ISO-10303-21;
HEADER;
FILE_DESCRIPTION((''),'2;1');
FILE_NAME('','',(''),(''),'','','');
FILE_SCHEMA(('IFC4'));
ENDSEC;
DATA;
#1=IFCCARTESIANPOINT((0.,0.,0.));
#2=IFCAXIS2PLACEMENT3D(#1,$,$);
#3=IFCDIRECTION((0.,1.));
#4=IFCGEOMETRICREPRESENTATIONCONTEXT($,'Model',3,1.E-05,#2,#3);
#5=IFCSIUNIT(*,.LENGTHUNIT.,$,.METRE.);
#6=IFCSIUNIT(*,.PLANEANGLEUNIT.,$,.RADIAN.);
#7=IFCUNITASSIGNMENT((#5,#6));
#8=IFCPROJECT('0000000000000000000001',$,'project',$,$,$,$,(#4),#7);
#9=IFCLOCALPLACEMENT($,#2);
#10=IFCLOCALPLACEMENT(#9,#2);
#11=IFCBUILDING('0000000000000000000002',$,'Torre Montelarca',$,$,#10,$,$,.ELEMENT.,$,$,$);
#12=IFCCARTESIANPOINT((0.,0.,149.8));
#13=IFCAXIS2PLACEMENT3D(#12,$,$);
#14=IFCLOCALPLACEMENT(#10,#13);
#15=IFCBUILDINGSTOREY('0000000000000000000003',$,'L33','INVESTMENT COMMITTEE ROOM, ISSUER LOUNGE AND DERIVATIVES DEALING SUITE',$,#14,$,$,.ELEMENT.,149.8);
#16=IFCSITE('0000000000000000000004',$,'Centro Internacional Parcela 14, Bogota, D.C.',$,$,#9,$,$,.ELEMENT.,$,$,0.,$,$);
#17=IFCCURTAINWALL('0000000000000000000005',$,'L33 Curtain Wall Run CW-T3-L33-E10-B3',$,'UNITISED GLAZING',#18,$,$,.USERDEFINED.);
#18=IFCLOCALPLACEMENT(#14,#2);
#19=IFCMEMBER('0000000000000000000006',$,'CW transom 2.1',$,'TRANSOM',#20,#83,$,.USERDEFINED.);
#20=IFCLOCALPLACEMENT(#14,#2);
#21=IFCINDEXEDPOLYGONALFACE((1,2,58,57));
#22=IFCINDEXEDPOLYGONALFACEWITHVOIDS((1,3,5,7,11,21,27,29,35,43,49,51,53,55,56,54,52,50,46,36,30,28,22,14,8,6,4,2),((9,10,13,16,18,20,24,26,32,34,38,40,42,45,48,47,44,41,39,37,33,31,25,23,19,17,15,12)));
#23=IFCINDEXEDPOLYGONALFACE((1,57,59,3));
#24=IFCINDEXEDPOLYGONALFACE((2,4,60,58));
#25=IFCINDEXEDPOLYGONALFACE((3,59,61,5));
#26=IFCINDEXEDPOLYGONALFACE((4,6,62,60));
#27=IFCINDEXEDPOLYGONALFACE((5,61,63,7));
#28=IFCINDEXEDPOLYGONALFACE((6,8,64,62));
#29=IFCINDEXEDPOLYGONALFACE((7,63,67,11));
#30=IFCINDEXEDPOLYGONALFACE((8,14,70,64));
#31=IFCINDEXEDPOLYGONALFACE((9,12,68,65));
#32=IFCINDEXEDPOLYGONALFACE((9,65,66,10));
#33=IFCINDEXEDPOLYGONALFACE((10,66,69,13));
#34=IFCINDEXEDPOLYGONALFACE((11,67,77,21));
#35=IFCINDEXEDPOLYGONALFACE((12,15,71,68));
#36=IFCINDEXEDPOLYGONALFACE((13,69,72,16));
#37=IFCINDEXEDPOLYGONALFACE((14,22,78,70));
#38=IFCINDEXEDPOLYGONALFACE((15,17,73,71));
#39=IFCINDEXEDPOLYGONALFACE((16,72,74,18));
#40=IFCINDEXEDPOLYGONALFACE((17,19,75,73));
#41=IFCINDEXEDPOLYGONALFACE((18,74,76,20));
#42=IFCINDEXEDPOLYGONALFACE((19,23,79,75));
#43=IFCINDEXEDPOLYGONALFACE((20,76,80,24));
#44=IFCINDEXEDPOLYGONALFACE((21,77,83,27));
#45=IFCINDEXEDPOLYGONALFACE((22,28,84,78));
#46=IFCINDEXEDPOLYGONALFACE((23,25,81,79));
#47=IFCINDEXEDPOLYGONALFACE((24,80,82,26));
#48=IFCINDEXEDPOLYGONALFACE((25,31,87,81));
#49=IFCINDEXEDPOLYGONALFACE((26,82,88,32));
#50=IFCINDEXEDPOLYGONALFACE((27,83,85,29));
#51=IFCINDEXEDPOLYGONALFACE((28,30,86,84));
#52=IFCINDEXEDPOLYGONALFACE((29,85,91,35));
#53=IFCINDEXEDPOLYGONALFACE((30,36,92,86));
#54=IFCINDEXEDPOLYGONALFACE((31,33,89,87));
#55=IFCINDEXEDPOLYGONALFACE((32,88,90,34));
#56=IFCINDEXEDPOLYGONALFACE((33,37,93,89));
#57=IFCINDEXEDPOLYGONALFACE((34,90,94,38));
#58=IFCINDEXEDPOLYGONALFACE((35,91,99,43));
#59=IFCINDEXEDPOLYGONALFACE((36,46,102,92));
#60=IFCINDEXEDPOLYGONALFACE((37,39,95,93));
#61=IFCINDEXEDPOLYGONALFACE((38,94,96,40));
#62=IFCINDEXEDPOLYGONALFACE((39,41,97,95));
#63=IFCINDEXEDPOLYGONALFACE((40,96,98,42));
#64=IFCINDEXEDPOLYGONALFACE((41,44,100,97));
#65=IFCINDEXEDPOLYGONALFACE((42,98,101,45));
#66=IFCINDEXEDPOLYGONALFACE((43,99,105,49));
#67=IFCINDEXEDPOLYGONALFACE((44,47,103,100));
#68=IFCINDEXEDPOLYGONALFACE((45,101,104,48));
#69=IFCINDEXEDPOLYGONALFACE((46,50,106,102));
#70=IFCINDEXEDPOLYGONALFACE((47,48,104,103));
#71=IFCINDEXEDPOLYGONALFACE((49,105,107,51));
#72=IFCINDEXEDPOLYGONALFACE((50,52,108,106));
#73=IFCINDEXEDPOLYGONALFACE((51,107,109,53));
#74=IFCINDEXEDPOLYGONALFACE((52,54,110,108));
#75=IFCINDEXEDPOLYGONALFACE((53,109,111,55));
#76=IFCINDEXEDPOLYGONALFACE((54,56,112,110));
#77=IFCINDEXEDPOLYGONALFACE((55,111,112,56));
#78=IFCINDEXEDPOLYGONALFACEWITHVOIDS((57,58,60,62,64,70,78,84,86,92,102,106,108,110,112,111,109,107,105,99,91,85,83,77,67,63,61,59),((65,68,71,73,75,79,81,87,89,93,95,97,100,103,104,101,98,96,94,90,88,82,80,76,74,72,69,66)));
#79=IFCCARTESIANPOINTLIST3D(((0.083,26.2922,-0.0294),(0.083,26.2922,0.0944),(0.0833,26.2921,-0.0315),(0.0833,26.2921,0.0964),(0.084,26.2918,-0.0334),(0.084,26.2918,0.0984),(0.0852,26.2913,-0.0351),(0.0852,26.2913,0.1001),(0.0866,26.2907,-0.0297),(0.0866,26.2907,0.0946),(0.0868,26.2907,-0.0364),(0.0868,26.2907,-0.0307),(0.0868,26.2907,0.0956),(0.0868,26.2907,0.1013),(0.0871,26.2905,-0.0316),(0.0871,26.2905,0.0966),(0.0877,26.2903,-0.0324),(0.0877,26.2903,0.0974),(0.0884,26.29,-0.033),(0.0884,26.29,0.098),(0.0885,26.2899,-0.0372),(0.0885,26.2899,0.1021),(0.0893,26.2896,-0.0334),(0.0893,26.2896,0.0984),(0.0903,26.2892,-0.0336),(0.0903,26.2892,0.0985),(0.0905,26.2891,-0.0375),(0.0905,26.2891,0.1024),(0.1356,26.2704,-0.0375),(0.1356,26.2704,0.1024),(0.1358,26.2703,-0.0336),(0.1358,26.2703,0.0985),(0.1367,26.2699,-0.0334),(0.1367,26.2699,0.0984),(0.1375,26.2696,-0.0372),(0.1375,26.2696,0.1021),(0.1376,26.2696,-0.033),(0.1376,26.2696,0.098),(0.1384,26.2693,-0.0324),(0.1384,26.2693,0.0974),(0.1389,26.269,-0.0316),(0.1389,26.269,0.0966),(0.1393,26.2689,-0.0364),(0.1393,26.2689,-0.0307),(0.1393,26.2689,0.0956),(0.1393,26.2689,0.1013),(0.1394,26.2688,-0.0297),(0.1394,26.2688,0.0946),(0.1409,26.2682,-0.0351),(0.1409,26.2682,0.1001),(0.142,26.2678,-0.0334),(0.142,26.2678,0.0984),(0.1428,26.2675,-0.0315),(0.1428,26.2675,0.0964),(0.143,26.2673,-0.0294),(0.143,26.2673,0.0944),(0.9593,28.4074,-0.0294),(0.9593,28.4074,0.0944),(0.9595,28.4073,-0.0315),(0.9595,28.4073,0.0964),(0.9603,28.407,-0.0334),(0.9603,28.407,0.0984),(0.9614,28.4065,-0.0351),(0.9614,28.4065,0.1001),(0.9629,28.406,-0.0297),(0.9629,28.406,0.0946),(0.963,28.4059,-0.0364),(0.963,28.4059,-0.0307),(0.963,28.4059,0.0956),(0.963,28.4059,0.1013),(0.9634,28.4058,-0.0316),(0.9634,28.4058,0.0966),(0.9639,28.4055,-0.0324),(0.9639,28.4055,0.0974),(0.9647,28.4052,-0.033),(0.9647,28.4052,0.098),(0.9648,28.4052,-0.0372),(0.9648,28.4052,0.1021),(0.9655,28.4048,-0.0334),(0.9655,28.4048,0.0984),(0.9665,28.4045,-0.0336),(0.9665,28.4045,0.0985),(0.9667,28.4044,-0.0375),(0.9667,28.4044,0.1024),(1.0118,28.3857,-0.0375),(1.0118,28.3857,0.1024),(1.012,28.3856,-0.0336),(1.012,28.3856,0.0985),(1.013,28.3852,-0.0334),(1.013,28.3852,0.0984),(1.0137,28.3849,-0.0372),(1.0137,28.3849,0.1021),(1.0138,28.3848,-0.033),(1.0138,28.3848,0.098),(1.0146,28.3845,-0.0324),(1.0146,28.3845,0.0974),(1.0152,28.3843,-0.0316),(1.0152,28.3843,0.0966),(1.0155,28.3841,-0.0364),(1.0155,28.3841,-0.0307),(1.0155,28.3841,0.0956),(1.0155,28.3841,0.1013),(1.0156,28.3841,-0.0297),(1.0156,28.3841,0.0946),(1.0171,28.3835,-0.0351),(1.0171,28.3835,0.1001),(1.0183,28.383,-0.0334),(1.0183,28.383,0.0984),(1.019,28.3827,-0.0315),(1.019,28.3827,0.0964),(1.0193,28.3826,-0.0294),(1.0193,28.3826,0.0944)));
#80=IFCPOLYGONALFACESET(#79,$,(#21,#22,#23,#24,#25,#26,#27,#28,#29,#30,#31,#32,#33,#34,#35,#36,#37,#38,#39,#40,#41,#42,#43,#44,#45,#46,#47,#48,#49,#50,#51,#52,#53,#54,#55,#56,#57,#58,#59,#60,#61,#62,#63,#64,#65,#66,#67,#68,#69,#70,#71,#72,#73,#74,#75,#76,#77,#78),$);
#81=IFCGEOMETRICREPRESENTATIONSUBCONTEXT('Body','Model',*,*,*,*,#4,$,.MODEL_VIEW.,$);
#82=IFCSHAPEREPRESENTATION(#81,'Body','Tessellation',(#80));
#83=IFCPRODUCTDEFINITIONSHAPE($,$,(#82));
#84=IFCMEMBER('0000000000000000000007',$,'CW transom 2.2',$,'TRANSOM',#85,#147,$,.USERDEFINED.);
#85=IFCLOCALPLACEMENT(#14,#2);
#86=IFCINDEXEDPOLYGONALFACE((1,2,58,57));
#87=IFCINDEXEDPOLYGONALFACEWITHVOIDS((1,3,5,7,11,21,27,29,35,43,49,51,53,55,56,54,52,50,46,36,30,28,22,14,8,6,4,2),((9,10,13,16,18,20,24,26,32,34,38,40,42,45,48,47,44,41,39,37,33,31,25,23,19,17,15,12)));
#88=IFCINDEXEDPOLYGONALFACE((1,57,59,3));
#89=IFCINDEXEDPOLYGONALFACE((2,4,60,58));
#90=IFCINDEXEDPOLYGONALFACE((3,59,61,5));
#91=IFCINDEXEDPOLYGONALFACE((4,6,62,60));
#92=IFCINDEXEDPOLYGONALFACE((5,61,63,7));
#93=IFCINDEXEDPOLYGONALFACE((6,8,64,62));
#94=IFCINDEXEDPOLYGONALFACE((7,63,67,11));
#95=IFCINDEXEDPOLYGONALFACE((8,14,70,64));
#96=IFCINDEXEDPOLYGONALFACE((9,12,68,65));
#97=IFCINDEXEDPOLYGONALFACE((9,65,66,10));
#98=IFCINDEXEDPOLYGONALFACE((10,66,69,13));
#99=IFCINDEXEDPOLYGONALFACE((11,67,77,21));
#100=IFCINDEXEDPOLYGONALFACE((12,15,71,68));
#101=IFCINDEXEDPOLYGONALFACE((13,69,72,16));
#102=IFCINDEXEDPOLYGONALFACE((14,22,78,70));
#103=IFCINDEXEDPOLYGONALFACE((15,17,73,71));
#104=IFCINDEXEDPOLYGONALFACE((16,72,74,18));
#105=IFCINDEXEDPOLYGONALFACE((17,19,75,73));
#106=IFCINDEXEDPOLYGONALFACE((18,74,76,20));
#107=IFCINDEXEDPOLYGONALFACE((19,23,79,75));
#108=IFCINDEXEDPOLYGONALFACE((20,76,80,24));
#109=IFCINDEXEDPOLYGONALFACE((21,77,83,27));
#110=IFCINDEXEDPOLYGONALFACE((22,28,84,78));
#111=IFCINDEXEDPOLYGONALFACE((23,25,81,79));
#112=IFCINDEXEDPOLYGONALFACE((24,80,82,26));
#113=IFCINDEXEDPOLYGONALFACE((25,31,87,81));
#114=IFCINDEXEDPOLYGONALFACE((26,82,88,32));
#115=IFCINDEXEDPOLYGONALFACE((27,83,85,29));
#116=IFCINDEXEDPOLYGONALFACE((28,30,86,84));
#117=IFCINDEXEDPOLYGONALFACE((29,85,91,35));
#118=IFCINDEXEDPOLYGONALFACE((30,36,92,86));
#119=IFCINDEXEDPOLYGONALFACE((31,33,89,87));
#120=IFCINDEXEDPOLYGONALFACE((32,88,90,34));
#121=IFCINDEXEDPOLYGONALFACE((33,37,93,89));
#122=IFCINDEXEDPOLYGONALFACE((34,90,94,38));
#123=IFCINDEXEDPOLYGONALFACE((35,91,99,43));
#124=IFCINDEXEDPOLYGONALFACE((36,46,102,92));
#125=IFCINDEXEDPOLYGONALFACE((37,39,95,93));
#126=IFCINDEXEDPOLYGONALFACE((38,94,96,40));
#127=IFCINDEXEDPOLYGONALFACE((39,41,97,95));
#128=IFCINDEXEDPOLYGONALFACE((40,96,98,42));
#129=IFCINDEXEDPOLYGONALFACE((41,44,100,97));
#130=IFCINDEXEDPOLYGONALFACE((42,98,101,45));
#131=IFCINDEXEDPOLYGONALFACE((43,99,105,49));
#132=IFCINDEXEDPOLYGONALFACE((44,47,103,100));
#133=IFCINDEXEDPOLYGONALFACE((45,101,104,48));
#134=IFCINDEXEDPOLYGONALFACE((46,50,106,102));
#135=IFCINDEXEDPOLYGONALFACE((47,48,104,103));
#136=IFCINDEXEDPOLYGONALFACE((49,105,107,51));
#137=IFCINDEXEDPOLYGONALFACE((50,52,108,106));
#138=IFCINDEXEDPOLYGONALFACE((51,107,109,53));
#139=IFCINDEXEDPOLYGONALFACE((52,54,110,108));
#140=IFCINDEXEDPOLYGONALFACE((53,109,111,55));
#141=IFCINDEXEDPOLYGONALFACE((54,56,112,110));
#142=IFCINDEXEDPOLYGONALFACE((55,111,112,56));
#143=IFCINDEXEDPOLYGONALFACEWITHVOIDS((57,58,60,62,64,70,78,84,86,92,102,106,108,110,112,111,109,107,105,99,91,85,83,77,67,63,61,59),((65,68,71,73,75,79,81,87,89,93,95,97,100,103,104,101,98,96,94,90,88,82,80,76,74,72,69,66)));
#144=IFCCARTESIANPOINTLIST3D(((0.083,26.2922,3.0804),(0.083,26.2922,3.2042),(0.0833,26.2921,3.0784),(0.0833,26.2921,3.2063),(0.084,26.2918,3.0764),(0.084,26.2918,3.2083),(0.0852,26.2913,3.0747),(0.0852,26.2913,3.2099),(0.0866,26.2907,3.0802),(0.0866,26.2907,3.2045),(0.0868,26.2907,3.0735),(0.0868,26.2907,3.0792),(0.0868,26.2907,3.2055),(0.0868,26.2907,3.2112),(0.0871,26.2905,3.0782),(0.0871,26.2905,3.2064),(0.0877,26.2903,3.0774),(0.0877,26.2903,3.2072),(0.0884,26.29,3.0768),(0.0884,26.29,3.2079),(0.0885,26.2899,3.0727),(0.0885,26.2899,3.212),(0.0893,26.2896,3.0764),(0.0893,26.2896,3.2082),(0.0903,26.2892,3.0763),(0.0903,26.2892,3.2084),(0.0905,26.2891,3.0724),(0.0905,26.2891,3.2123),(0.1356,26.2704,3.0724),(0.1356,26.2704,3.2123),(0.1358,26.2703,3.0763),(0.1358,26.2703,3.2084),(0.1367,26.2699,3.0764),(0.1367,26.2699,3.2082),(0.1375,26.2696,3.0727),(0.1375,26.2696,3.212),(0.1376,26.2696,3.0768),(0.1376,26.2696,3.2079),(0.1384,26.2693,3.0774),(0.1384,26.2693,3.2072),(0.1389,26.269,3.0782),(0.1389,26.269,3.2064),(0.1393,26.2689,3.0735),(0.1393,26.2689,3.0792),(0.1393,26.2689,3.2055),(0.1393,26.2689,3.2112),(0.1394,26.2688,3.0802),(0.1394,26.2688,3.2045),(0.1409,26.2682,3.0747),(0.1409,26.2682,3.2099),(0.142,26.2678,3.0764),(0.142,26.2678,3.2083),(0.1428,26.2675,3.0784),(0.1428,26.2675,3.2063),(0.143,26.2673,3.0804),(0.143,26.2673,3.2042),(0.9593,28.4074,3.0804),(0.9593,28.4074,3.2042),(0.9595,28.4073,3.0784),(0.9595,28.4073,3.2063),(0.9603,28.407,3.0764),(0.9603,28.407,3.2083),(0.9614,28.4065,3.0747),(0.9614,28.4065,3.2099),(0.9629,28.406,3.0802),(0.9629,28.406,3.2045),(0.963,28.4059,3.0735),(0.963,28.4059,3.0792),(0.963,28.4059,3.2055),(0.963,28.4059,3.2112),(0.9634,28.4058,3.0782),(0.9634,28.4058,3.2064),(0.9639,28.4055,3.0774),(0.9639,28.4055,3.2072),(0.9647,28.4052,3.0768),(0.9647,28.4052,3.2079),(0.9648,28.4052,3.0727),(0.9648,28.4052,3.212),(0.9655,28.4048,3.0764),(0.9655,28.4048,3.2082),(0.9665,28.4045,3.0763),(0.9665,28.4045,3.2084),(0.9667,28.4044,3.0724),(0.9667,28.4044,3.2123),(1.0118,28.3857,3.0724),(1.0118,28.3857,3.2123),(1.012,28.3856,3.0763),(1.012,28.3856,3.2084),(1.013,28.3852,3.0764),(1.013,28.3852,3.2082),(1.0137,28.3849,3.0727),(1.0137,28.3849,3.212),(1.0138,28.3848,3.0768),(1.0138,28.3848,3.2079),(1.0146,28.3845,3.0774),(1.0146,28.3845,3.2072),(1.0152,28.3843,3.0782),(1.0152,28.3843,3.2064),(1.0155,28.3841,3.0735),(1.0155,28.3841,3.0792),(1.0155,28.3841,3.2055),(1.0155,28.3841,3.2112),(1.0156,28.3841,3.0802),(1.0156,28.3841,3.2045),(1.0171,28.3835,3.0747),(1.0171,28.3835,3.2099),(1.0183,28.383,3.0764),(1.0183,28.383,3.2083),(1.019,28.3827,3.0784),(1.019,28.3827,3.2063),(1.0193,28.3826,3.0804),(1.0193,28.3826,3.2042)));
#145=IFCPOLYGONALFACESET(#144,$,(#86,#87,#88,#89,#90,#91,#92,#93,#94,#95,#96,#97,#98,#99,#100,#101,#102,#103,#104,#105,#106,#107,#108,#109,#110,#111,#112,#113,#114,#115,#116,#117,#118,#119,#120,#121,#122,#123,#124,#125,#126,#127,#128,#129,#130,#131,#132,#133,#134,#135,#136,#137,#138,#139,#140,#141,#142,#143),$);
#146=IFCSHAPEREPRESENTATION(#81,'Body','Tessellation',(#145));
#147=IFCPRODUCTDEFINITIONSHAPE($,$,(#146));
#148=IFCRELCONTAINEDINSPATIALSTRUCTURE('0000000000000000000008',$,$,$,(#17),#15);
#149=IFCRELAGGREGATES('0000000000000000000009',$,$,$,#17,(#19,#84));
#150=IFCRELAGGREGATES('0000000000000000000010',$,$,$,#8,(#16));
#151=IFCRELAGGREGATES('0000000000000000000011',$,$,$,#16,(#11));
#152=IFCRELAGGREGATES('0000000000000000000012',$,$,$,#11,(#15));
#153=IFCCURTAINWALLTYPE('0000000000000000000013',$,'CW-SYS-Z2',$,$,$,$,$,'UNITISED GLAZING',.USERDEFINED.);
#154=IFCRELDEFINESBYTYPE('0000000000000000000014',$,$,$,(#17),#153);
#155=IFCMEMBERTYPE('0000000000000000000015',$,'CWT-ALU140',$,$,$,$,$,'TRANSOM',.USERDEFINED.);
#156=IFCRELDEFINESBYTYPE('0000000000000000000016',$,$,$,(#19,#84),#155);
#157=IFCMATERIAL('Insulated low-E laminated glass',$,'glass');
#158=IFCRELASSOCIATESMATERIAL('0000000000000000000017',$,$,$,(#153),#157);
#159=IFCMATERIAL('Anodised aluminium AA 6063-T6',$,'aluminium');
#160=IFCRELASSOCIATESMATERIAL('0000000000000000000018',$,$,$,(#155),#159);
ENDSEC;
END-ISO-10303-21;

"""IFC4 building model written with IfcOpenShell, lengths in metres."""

from ifc_helpers import new_model, si_unit, direction, frame, origin, origin_2d, place, context, subcontext, project, spatial, hollow_rectangle, extrude, source, transform, mapped, material, material_profile, profile_set, type_object, element, aggregate, save


model = new_model("IFC4")

# Units and contexts
model_context = context("Model", 3, precision=1e-05, world=origin(), true_north=direction((0.0, 1.0)))
body_context = subcontext(model_context, "Body", "Model", "MODEL_VIEW")
ifc_project = project(units=[si_unit("LENGTHUNIT", "METRE"), si_unit("PLANEANGLEUNIT", "RADIAN")], contexts=[model_context])

# Site, building, storey
site_placement = place(None, origin())
site = spatial("IfcSite", under=ifc_project, at=site_placement, Name="Centro Internacional Parcela 14, Bogota, D.C.", CompositionType="ELEMENT", RefElevation=0.0)
building_placement = place(site_placement, origin())
building = spatial("IfcBuilding", under=site, at=building_placement, Name="Torre Montelarca", CompositionType="ELEMENT")
storey_placement = place(building_placement, frame((0.0, 0.0, 149.8)))
storey = spatial("IfcBuildingStorey", under=building, at=storey_placement, Name="L33", Description="INVESTMENT COMMITTEE ROOM, ISSUER LOUNGE AND DERIVATIVES DEALING SUITE", CompositionType="ELEMENT", Elevation=149.8)

# Curtain wall, members
ifc_material_1 = material(Name="Insulated low-E laminated glass", Category="glass")
curtain_wall_type = type_object("IfcCurtainWallType", Name="CW-SYS-Z2", ElementType="UNITISED GLAZING", PredefinedType="USERDEFINED", material=ifc_material_1)
ifc_material_2 = material(Name="Anodised aluminium AA 6063-T6", Category="aluminium")
curtain_wall_1_placement = place(storey_placement, origin())
curtain_wall_1 = element("IfcCurtainWall", 1, at=curtain_wall_1_placement, inside=storey, type_object=curtain_wall_type, Name="L33 Curtain Wall Run CW-T3-L33-E10-B3", ObjectType="UNITISED GLAZING", PredefinedType="USERDEFINED")
ifc_material_profile_1 = material_profile(ifc_material_2, hollow_rectangle(XDim=0.0649, YDim=0.1399, WallThickness=0.0039, InnerFilletRadius=0.0039, OuterFilletRadius=0.0081, at=origin_2d()), Name="ALU65X140X4", Category="aluminium")
ifc_profile_set_1 = profile_set([ifc_material_profile_1], Name="Anodised aluminium AA 6063-T6")
member_type_1 = type_object("IfcMemberType", Name="CWT-ALU140", ElementType="TRANSOM", PredefinedType="USERDEFINED", material=ifc_profile_set_1)
shared_shape_1 = source(origin(), body_context, "Body", "SweptSolid", [
    extrude(hollow_rectangle(XDim=0.0649, YDim=0.1399, WallThickness=0.0039, InnerFilletRadius=0.0039, OuterFilletRadius=0.0081, at=origin_2d()), origin(), (0.0, 0.0, 1.0), 2.2896),
])
member_1_placement = place(storey_placement, frame((0.9893, 28.395, 0.0325), z_axis=(-0.382707, -0.92387, 0.0), x_axis=(0.92387, -0.382707, 0.0)))
member_1 = element("IfcMember", 2, at=member_1_placement, type_object=member_type_1, Name="CW transom 2.1", ObjectType="TRANSOM", PredefinedType="USERDEFINED", context=body_context, shape_type="MappedRepresentation", body=[
    mapped(shared_shape_1, transform((0.0, 0.0, 0.0), scale=1.0)),
])
member_2_placement = place(storey_placement, frame((0.9893, 28.395, 3.1423), z_axis=(-0.382707, -0.92387, 0.0), x_axis=(0.92387, -0.382707, 0.0)))
member_2 = element("IfcMember", 3, at=member_2_placement, type_object=member_type_1, Name="CW transom 2.2", ObjectType="TRANSOM", PredefinedType="USERDEFINED", context=body_context, shape_type="MappedRepresentation", body=[
    mapped(shared_shape_1, transform((0.0, 0.0, 0.0), scale=1.0)),
])

aggregate(curtain_wall_1, [member_1, member_2])

save(model, "model.ifc")
